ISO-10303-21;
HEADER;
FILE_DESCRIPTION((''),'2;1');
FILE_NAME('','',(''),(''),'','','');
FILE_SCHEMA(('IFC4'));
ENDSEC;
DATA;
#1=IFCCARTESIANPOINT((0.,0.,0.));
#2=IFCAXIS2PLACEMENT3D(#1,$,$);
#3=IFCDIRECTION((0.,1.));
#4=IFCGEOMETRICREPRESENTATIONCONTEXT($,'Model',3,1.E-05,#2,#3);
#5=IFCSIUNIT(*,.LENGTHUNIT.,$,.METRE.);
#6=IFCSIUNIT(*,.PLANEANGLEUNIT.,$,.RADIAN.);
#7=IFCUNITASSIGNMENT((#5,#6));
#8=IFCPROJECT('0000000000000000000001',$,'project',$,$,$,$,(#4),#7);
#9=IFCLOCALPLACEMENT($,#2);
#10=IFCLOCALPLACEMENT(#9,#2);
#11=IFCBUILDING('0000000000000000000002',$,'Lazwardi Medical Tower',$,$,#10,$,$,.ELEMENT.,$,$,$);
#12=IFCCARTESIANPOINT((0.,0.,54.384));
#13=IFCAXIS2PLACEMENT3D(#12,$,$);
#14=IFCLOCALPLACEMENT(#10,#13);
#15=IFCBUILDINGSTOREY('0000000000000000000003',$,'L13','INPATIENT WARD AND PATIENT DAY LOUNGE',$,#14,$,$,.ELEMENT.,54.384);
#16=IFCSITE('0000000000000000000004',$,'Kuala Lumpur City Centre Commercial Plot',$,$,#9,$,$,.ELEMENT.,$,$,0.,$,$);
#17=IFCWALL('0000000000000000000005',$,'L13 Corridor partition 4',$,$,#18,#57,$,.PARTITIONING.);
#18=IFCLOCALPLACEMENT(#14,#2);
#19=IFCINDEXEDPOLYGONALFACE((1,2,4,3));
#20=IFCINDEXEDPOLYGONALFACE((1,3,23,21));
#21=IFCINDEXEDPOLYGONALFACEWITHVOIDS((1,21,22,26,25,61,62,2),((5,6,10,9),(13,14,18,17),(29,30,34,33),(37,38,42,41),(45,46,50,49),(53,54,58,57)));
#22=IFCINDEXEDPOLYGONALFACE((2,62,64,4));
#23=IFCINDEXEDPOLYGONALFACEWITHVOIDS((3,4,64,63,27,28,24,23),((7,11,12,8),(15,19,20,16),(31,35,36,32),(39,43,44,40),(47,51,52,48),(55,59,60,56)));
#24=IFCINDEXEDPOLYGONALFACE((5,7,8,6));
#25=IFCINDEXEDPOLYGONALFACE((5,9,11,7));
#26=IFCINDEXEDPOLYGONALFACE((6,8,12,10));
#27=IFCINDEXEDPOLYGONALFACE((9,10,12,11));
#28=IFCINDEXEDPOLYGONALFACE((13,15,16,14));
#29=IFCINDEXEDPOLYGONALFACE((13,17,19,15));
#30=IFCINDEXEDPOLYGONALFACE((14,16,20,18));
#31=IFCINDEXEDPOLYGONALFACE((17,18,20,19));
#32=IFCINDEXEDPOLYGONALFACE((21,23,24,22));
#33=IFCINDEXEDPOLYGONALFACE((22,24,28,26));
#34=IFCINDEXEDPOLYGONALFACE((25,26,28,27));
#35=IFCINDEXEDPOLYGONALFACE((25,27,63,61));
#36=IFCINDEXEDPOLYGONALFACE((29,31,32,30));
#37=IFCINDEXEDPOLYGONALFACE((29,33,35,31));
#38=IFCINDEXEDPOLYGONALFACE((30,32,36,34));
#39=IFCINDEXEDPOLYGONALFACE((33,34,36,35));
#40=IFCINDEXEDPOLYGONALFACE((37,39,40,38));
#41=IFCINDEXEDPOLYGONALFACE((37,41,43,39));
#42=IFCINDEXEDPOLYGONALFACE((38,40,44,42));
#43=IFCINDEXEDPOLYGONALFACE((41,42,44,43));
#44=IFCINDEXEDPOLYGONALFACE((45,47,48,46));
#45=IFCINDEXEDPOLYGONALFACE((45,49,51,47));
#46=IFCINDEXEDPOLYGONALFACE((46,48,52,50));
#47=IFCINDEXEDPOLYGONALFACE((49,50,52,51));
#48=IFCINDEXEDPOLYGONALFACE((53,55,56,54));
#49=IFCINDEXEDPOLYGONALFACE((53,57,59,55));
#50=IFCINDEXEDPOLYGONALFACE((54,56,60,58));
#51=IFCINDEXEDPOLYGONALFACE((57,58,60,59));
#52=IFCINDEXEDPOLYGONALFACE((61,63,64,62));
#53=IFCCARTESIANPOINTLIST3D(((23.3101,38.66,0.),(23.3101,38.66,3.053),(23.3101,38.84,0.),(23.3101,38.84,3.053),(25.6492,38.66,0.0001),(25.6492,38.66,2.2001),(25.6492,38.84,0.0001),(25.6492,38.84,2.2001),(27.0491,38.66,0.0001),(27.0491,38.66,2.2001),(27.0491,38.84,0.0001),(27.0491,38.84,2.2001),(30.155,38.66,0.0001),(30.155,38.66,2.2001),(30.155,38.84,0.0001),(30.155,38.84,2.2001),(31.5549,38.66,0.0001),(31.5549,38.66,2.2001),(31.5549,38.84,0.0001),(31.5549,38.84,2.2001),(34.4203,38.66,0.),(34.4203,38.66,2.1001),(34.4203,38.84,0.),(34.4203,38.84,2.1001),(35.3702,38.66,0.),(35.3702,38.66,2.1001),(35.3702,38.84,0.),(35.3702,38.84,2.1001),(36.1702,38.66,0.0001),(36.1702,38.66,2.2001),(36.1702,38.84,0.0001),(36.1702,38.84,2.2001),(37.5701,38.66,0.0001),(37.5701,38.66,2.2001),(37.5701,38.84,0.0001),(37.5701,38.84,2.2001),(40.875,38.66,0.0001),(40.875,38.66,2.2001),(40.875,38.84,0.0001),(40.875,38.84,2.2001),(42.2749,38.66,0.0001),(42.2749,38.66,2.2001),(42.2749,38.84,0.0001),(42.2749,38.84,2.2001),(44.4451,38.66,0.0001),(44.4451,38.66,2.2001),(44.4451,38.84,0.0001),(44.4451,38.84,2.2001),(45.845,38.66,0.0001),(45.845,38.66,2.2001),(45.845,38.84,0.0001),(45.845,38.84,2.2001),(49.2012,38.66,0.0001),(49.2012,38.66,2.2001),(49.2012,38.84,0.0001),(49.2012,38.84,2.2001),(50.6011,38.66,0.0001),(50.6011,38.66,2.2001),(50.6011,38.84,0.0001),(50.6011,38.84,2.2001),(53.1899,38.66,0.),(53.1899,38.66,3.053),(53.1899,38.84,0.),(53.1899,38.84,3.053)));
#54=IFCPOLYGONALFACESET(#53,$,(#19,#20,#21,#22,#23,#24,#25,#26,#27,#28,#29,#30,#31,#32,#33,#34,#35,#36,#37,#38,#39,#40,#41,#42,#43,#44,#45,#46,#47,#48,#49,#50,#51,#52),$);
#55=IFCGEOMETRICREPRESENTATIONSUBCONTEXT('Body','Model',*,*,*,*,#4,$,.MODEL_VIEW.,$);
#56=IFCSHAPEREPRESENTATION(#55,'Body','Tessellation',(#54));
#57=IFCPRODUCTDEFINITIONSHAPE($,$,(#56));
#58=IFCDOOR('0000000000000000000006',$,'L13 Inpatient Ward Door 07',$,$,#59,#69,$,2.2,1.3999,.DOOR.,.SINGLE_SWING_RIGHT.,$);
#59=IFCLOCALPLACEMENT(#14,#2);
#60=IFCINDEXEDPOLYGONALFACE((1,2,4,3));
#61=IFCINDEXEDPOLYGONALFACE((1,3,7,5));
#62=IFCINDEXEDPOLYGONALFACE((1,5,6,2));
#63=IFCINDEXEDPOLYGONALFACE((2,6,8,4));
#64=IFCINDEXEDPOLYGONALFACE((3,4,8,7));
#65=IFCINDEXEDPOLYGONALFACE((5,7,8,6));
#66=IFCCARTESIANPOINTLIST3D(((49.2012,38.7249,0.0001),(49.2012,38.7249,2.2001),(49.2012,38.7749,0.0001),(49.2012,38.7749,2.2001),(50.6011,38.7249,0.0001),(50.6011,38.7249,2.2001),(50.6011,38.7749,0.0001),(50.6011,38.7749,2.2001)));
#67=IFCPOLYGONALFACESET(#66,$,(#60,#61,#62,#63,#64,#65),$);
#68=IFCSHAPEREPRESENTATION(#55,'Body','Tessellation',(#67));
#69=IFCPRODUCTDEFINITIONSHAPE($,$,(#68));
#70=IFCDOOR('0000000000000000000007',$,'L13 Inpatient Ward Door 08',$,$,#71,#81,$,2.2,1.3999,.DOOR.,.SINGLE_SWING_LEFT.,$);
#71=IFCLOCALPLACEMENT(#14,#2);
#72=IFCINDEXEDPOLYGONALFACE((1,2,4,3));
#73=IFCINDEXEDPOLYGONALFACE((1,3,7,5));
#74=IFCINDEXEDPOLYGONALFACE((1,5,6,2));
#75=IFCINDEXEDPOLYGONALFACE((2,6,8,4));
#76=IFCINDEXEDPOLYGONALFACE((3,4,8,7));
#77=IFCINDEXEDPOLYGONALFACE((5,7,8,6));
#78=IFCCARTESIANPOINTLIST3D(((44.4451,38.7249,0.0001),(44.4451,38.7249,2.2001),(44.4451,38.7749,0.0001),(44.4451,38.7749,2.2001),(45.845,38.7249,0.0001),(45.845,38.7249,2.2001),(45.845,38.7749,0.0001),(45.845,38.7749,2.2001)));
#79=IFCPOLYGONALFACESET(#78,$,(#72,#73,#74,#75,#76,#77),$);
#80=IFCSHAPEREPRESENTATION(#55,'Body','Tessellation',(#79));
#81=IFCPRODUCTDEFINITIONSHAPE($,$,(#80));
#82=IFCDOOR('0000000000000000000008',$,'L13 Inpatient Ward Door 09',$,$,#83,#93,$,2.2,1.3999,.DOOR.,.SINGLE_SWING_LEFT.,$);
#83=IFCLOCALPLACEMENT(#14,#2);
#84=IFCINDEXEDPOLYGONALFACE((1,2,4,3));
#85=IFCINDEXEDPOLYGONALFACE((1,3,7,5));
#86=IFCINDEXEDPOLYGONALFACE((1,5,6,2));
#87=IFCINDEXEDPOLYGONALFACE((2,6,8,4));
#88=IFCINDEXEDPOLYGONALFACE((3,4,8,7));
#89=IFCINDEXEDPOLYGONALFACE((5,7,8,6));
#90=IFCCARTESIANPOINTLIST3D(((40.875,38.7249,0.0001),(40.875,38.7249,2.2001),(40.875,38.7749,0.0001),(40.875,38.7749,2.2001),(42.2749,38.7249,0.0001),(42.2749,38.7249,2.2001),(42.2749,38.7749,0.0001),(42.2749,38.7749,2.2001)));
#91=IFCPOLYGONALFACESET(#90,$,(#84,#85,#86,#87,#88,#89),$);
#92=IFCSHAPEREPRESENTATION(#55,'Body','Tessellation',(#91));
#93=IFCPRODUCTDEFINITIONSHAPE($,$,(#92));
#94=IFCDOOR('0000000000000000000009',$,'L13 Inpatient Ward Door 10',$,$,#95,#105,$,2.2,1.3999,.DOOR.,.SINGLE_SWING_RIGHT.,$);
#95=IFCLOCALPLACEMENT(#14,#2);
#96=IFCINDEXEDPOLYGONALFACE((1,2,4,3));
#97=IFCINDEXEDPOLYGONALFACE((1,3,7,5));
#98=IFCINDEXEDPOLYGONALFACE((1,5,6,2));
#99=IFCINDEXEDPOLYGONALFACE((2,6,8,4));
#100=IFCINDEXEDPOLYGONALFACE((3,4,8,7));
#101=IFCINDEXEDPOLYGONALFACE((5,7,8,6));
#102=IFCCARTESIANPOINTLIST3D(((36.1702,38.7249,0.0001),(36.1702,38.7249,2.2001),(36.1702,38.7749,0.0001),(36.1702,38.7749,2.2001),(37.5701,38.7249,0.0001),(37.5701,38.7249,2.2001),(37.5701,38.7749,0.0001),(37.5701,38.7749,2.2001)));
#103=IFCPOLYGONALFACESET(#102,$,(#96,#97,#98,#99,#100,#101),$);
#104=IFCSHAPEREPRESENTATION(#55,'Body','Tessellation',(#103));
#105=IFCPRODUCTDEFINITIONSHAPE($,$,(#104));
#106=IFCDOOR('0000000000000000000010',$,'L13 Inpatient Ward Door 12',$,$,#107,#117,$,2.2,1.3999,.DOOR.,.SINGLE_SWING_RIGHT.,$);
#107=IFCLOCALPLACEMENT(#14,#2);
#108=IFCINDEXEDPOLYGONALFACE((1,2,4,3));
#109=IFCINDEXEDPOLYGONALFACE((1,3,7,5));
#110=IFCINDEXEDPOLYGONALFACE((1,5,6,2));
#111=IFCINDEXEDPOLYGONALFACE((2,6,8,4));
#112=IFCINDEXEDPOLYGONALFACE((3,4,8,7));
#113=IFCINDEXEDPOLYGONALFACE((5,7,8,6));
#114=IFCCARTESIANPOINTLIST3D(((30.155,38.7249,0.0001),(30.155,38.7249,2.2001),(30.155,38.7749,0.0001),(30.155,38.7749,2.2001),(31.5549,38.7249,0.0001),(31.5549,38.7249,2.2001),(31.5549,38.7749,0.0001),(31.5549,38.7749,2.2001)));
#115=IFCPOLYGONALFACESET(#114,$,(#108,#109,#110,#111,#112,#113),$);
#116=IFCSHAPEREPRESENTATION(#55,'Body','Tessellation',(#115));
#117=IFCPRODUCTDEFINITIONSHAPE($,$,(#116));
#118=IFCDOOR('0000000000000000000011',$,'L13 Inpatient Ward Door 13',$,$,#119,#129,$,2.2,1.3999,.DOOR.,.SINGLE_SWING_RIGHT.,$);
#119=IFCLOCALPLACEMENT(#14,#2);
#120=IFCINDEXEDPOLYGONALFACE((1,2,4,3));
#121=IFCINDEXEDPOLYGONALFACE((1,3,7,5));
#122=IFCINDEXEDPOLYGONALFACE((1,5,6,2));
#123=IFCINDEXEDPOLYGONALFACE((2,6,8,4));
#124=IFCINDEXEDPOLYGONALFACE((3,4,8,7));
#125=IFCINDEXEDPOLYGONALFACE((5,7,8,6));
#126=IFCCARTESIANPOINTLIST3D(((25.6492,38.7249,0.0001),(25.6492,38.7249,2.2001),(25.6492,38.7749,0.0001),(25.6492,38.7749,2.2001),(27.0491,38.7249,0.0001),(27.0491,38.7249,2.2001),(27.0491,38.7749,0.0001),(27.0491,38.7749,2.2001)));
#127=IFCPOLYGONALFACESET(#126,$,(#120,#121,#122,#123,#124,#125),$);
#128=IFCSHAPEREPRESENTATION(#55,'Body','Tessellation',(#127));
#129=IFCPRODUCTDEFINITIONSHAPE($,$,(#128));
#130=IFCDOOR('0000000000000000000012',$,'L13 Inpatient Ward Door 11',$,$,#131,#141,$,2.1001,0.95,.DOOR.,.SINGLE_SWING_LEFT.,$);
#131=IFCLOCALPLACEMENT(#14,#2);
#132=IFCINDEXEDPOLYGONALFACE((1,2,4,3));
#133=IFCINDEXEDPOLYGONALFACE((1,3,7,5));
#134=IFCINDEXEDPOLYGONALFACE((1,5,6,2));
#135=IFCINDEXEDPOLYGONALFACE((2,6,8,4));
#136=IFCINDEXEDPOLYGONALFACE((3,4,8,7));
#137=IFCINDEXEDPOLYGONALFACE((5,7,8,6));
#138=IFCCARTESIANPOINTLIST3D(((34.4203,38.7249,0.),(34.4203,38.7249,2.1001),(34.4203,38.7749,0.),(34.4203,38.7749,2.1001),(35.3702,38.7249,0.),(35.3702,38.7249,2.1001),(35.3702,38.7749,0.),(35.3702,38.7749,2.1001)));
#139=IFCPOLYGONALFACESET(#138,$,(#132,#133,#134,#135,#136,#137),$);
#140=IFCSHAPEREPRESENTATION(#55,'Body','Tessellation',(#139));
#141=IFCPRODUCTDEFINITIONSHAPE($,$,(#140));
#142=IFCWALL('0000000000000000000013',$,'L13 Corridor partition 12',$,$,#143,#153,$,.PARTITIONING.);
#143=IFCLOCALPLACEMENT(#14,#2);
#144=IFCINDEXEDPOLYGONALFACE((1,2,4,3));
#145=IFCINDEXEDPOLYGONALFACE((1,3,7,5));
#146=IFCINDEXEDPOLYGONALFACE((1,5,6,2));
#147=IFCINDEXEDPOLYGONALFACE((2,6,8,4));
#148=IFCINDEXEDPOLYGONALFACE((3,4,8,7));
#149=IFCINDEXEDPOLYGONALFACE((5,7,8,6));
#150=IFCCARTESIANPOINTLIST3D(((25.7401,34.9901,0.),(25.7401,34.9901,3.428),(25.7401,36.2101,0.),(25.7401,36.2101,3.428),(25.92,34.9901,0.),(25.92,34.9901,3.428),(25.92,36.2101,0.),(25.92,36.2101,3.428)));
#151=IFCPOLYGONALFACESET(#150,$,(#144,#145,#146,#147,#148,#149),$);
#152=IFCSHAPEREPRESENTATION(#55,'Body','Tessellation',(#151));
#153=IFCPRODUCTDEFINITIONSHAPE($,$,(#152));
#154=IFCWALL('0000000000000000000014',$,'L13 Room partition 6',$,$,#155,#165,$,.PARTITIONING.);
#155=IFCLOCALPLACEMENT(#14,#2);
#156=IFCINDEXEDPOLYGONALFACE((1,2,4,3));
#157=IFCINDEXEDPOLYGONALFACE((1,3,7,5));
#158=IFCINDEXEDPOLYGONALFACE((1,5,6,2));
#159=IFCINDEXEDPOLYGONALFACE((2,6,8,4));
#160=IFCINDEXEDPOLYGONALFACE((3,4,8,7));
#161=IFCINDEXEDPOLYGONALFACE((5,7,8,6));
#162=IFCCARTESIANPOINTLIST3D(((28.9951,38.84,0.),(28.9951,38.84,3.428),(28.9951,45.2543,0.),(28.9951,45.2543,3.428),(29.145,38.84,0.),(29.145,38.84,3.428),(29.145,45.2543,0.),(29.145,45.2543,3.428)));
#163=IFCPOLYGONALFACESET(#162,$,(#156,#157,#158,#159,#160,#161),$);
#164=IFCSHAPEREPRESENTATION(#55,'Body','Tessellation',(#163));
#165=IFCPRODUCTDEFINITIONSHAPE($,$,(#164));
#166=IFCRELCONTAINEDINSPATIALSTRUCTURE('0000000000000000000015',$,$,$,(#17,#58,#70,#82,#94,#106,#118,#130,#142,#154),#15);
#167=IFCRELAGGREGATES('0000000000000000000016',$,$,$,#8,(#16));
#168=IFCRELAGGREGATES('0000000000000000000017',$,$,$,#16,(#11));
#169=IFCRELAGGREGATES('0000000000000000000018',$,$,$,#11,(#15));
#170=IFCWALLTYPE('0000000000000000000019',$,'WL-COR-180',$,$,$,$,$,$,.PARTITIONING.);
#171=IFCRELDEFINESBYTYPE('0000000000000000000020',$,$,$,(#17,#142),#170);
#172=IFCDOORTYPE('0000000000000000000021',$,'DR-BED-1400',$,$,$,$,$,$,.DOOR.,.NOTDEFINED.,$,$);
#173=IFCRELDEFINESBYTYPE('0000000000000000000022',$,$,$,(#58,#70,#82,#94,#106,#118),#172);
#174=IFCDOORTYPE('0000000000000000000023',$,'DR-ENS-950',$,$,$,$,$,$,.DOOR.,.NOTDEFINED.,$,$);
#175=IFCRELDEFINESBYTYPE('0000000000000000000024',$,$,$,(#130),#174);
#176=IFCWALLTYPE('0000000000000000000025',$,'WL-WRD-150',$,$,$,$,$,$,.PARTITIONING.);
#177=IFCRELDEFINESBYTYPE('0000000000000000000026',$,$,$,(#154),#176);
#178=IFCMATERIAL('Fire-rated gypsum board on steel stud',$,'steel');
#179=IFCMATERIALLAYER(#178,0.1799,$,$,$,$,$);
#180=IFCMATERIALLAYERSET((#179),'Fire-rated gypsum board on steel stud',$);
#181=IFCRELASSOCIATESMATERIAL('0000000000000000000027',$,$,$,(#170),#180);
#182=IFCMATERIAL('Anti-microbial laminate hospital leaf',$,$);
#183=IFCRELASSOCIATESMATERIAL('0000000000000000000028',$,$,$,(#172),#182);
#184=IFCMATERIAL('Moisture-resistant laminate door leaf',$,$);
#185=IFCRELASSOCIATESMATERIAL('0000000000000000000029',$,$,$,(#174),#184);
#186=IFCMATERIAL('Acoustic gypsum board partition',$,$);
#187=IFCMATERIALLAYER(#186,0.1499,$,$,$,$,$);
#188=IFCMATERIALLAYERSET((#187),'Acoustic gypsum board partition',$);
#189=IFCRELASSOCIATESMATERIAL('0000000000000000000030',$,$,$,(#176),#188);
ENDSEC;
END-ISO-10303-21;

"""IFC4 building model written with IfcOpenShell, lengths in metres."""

from ifc_helpers import new_model, si_unit, direction, frame, frame_2d, origin, place, context, subcontext, project, spatial, rectangle, extrude, material, layer, layer_set, type_object, element, fill, save


model = new_model("IFC4")

# Units and contexts
model_context = context("Model", 3, precision=1e-05, world=origin(), true_north=direction((0.0, 1.0)))
body_context = subcontext(model_context, "Body", "Model", "MODEL_VIEW")
ifc_project = project(units=[si_unit("LENGTHUNIT", "METRE"), si_unit("PLANEANGLEUNIT", "RADIAN")], contexts=[model_context])

# Site, building, storey
site_placement = place(None, origin())
site = spatial("IfcSite", under=ifc_project, at=site_placement, Name="Kuala Lumpur City Centre Commercial Plot", CompositionType="ELEMENT", RefElevation=0.0)
building_placement = place(site_placement, origin())
building = spatial("IfcBuilding", under=site, at=building_placement, Name="Lazwardi Medical Tower", CompositionType="ELEMENT")
storey_placement = place(building_placement, frame((0.0, 0.0, 54.384)))
storey = spatial("IfcBuildingStorey", under=building, at=storey_placement, Name="L13", Description="INPATIENT WARD AND PATIENT DAY LOUNGE", CompositionType="ELEMENT", Elevation=54.384)

# Wall, openings, doors
ifc_material_1 = material(Name="Fire-rated gypsum board on steel stud", Category="steel")
ifc_layer_1 = layer(ifc_material_1, 0.1799)
ifc_layer_set_1 = layer_set([ifc_layer_1], Name="Fire-rated gypsum board on steel stud")
wall_type_1 = type_object("IfcWallType", Name="WL-COR-180", PredefinedType="PARTITIONING", material=ifc_layer_set_1)
wall_1_placement = place(storey_placement, frame((23.3101, 38.75, 0.0), z_axis=(0.0, 0.0, 1.0), x_axis=(1.0, 0.0, 0.0)))
wall_1 = element("IfcWall", 1, at=wall_1_placement, inside=storey, type_object=wall_type_1, Name="L13 Corridor partition 4", PredefinedType="PARTITIONING", context=body_context, shape_type="SweptSolid", body=[
    extrude(rectangle(XDim=29.8799, YDim=0.1799, at=frame_2d((14.9399, 0.0))), origin(), (0.0, 0.0, 1.0), 3.053),
])
opening_1_placement = place(wall_1_placement, frame((25.8911, 0.0, 0.0)))
opening_1 = element("IfcOpeningElement", 2, at=opening_1_placement, cuts=wall_1, PredefinedType="OPENING", context=body_context, shape_type="SweptSolid", body=[
    extrude(rectangle(XDim=1.3999, YDim=2.2, at=frame_2d((0.7, 1.1001))), frame((0.0, 0.0999, 0.0), z_axis=(0.0, -1.0, 0.0), x_axis=(1.0, 0.0, 0.0)), (0.0, 0.0, 1.0), 0.2),
])
opening_2_placement = place(wall_1_placement, frame((21.135, 0.0, 0.0)))
opening_2 = element("IfcOpeningElement", 3, at=opening_2_placement, cuts=wall_1, PredefinedType="OPENING", context=body_context, shape_type="SweptSolid", body=[
    extrude(rectangle(XDim=1.3999, YDim=2.2, at=frame_2d((0.7, 1.1001))), frame((0.0, 0.0999, 0.0), z_axis=(0.0, -1.0, 0.0), x_axis=(1.0, 0.0, 0.0)), (0.0, 0.0, 1.0), 0.2),
])
opening_3_placement = place(wall_1_placement, frame((17.5649, 0.0, 0.0)))
opening_3 = element("IfcOpeningElement", 4, at=opening_3_placement, cuts=wall_1, PredefinedType="OPENING", context=body_context, shape_type="SweptSolid", body=[
    extrude(rectangle(XDim=1.3999, YDim=2.2, at=frame_2d((0.7, 1.1001))), frame((0.0, 0.0999, 0.0), z_axis=(0.0, -1.0, 0.0), x_axis=(1.0, 0.0, 0.0)), (0.0, 0.0, 1.0), 0.2),
])
opening_4_placement = place(wall_1_placement, frame((12.8601, 0.0, 0.0)))
opening_4 = element("IfcOpeningElement", 5, at=opening_4_placement, cuts=wall_1, PredefinedType="OPENING", context=body_context, shape_type="SweptSolid", body=[
    extrude(rectangle(XDim=1.3999, YDim=2.2, at=frame_2d((0.7, 1.1001))), frame((0.0, 0.0999, 0.0), z_axis=(0.0, -1.0, 0.0), x_axis=(1.0, 0.0, 0.0)), (0.0, 0.0, 1.0), 0.2),
])
opening_5_placement = place(wall_1_placement, frame((11.1101, 0.0, 0.0)))
opening_5 = element("IfcOpeningElement", 6, at=opening_5_placement, cuts=wall_1, PredefinedType="OPENING", context=body_context, shape_type="SweptSolid", body=[
    extrude(rectangle(XDim=0.95, YDim=2.1001, at=frame_2d((0.4751, 1.05))), frame((0.0, 0.0999, 0.0), z_axis=(0.0, -1.0, 0.0), x_axis=(1.0, 0.0, 0.0)), (0.0, 0.0, 1.0), 0.2),
])
opening_6_placement = place(wall_1_placement, frame((6.845, 0.0, 0.0)))
opening_6 = element("IfcOpeningElement", 7, at=opening_6_placement, cuts=wall_1, PredefinedType="OPENING", context=body_context, shape_type="SweptSolid", body=[
    extrude(rectangle(XDim=1.3999, YDim=2.2, at=frame_2d((0.7, 1.1001))), frame((0.0, 0.0999, 0.0), z_axis=(0.0, -1.0, 0.0), x_axis=(1.0, 0.0, 0.0)), (0.0, 0.0, 1.0), 0.2),
])
opening_7_placement = place(wall_1_placement, frame((2.3391, 0.0, 0.0)))
opening_7 = element("IfcOpeningElement", 8, at=opening_7_placement, cuts=wall_1, PredefinedType="OPENING", context=body_context, shape_type="SweptSolid", body=[
    extrude(rectangle(XDim=1.3999, YDim=2.2, at=frame_2d((0.7, 1.1001))), frame((0.0, 0.0999, 0.0), z_axis=(0.0, -1.0, 0.0), x_axis=(1.0, 0.0, 0.0)), (0.0, 0.0, 1.0), 0.2),
])
ifc_material_2 = material(Name="Anti-microbial laminate hospital leaf")
door_type_1 = type_object("IfcDoorType", Name="DR-BED-1400", OperationType="NOTDEFINED", PredefinedType="DOOR", material=ifc_material_2)
door_1_placement = place(opening_1_placement, origin())
door_1 = element("IfcDoor", 9, at=door_1_placement, inside=storey, type_object=door_type_1, Name="L13 Inpatient Ward Door 07", OperationType="SINGLE_SWING_RIGHT", OverallHeight=2.2, OverallWidth=1.3999, PredefinedType="DOOR", context=body_context, shape_type="SweptSolid", body=[
    extrude(rectangle(XDim=1.3999, YDim=2.2, at=frame_2d((0.7, 1.1001))), frame((0.0, 0.0249, 0.0), z_axis=(0.0, -1.0, 0.0), x_axis=(1.0, 0.0, 0.0)), (0.0, 0.0, 1.0), 0.05),
])
fill(opening_1, door_1)
door_2_placement = place(opening_2_placement, origin())
door_2 = element("IfcDoor", 10, at=door_2_placement, inside=storey, type_object=door_type_1, Name="L13 Inpatient Ward Door 08", OperationType="SINGLE_SWING_LEFT", OverallHeight=2.2, OverallWidth=1.3999, PredefinedType="DOOR", context=body_context, shape_type="SweptSolid", body=[
    extrude(rectangle(XDim=1.3999, YDim=2.2, at=frame_2d((0.7, 1.1001))), frame((0.0, 0.0249, 0.0), z_axis=(0.0, -1.0, 0.0), x_axis=(1.0, 0.0, 0.0)), (0.0, 0.0, 1.0), 0.05),
])
fill(opening_2, door_2)
door_3_placement = place(opening_3_placement, origin())
door_3 = element("IfcDoor", 11, at=door_3_placement, inside=storey, type_object=door_type_1, Name="L13 Inpatient Ward Door 09", OperationType="SINGLE_SWING_LEFT", OverallHeight=2.2, OverallWidth=1.3999, PredefinedType="DOOR", context=body_context, shape_type="SweptSolid", body=[
    extrude(rectangle(XDim=1.3999, YDim=2.2, at=frame_2d((0.7, 1.1001))), frame((0.0, 0.0249, 0.0), z_axis=(0.0, -1.0, 0.0), x_axis=(1.0, 0.0, 0.0)), (0.0, 0.0, 1.0), 0.05),
])
fill(opening_3, door_3)
door_4_placement = place(opening_4_placement, origin())
door_4 = element("IfcDoor", 12, at=door_4_placement, inside=storey, type_object=door_type_1, Name="L13 Inpatient Ward Door 10", OperationType="SINGLE_SWING_RIGHT", OverallHeight=2.2, OverallWidth=1.3999, PredefinedType="DOOR", context=body_context, shape_type="SweptSolid", body=[
    extrude(rectangle(XDim=1.3999, YDim=2.2, at=frame_2d((0.7, 1.1001))), frame((0.0, 0.0249, 0.0), z_axis=(0.0, -1.0, 0.0), x_axis=(1.0, 0.0, 0.0)), (0.0, 0.0, 1.0), 0.05),
])
fill(opening_4, door_4)
door_5_placement = place(opening_6_placement, origin())
door_5 = element("IfcDoor", 13, at=door_5_placement, inside=storey, type_object=door_type_1, Name="L13 Inpatient Ward Door 12", OperationType="SINGLE_SWING_RIGHT", OverallHeight=2.2, OverallWidth=1.3999, PredefinedType="DOOR", context=body_context, shape_type="SweptSolid", body=[
    extrude(rectangle(XDim=1.3999, YDim=2.2, at=frame_2d((0.7, 1.1001))), frame((0.0, 0.0249, 0.0), z_axis=(0.0, -1.0, 0.0), x_axis=(1.0, 0.0, 0.0)), (0.0, 0.0, 1.0), 0.05),
])
fill(opening_6, door_5)
door_6_placement = place(opening_7_placement, origin())
door_6 = element("IfcDoor", 14, at=door_6_placement, inside=storey, type_object=door_type_1, Name="L13 Inpatient Ward Door 13", OperationType="SINGLE_SWING_RIGHT", OverallHeight=2.2, OverallWidth=1.3999, PredefinedType="DOOR", context=body_context, shape_type="SweptSolid", body=[
    extrude(rectangle(XDim=1.3999, YDim=2.2, at=frame_2d((0.7, 1.1001))), frame((0.0, 0.0249, 0.0), z_axis=(0.0, -1.0, 0.0), x_axis=(1.0, 0.0, 0.0)), (0.0, 0.0, 1.0), 0.05),
])
fill(opening_7, door_6)
ifc_material_3 = material(Name="Moisture-resistant laminate door leaf")
door_type_2 = type_object("IfcDoorType", Name="DR-ENS-950", OperationType="NOTDEFINED", PredefinedType="DOOR", material=ifc_material_3)
door_7_placement = place(opening_5_placement, origin())
door_7 = element("IfcDoor", 15, at=door_7_placement, inside=storey, type_object=door_type_2, Name="L13 Inpatient Ward Door 11", OperationType="SINGLE_SWING_LEFT", OverallHeight=2.1001, OverallWidth=0.95, PredefinedType="DOOR", context=body_context, shape_type="SweptSolid", body=[
    extrude(rectangle(XDim=0.95, YDim=2.1001, at=frame_2d((0.4751, 1.05))), frame((0.0, 0.0249, 0.0), z_axis=(0.0, -1.0, 0.0), x_axis=(1.0, 0.0, 0.0)), (0.0, 0.0, 1.0), 0.05),
])
fill(opening_5, door_7)

# Walls
wall_2_placement = place(storey_placement, frame((25.8301, 36.21, 0.0), z_axis=(0.0, 0.0, 1.0), x_axis=(0.0, -1.0, 0.0)))
element("IfcWall", 16, at=wall_2_placement, inside=storey, type_object=wall_type_1, Name="L13 Corridor partition 12", PredefinedType="PARTITIONING", context=body_context, shape_type="SweptSolid", body=[
    extrude(rectangle(XDim=1.22, YDim=0.1799, at=frame_2d((0.6099, 0.0))), origin(), (0.0, 0.0, 1.0), 3.428),
])
ifc_material_4 = material(Name="Acoustic gypsum board partition")
ifc_layer_2 = layer(ifc_material_4, 0.1499)
ifc_layer_set_2 = layer_set([ifc_layer_2], Name="Acoustic gypsum board partition")
wall_type_2 = type_object("IfcWallType", Name="WL-WRD-150", PredefinedType="PARTITIONING", material=ifc_layer_set_2)
wall_3_placement = place(storey_placement, frame((29.0701, 38.8401, 0.0), z_axis=(0.0, 0.0, 1.0), x_axis=(0.0, 1.0, 0.0)))
element("IfcWall", 17, at=wall_3_placement, inside=storey, type_object=wall_type_2, Name="L13 Room partition 6", PredefinedType="PARTITIONING", context=body_context, shape_type="SweptSolid", body=[
    extrude(rectangle(XDim=6.4143, YDim=0.1499, at=frame_2d((3.207, 0.0))), origin(), (0.0, 0.0, 1.0), 3.428),
])

save(model, "model.ifc")
